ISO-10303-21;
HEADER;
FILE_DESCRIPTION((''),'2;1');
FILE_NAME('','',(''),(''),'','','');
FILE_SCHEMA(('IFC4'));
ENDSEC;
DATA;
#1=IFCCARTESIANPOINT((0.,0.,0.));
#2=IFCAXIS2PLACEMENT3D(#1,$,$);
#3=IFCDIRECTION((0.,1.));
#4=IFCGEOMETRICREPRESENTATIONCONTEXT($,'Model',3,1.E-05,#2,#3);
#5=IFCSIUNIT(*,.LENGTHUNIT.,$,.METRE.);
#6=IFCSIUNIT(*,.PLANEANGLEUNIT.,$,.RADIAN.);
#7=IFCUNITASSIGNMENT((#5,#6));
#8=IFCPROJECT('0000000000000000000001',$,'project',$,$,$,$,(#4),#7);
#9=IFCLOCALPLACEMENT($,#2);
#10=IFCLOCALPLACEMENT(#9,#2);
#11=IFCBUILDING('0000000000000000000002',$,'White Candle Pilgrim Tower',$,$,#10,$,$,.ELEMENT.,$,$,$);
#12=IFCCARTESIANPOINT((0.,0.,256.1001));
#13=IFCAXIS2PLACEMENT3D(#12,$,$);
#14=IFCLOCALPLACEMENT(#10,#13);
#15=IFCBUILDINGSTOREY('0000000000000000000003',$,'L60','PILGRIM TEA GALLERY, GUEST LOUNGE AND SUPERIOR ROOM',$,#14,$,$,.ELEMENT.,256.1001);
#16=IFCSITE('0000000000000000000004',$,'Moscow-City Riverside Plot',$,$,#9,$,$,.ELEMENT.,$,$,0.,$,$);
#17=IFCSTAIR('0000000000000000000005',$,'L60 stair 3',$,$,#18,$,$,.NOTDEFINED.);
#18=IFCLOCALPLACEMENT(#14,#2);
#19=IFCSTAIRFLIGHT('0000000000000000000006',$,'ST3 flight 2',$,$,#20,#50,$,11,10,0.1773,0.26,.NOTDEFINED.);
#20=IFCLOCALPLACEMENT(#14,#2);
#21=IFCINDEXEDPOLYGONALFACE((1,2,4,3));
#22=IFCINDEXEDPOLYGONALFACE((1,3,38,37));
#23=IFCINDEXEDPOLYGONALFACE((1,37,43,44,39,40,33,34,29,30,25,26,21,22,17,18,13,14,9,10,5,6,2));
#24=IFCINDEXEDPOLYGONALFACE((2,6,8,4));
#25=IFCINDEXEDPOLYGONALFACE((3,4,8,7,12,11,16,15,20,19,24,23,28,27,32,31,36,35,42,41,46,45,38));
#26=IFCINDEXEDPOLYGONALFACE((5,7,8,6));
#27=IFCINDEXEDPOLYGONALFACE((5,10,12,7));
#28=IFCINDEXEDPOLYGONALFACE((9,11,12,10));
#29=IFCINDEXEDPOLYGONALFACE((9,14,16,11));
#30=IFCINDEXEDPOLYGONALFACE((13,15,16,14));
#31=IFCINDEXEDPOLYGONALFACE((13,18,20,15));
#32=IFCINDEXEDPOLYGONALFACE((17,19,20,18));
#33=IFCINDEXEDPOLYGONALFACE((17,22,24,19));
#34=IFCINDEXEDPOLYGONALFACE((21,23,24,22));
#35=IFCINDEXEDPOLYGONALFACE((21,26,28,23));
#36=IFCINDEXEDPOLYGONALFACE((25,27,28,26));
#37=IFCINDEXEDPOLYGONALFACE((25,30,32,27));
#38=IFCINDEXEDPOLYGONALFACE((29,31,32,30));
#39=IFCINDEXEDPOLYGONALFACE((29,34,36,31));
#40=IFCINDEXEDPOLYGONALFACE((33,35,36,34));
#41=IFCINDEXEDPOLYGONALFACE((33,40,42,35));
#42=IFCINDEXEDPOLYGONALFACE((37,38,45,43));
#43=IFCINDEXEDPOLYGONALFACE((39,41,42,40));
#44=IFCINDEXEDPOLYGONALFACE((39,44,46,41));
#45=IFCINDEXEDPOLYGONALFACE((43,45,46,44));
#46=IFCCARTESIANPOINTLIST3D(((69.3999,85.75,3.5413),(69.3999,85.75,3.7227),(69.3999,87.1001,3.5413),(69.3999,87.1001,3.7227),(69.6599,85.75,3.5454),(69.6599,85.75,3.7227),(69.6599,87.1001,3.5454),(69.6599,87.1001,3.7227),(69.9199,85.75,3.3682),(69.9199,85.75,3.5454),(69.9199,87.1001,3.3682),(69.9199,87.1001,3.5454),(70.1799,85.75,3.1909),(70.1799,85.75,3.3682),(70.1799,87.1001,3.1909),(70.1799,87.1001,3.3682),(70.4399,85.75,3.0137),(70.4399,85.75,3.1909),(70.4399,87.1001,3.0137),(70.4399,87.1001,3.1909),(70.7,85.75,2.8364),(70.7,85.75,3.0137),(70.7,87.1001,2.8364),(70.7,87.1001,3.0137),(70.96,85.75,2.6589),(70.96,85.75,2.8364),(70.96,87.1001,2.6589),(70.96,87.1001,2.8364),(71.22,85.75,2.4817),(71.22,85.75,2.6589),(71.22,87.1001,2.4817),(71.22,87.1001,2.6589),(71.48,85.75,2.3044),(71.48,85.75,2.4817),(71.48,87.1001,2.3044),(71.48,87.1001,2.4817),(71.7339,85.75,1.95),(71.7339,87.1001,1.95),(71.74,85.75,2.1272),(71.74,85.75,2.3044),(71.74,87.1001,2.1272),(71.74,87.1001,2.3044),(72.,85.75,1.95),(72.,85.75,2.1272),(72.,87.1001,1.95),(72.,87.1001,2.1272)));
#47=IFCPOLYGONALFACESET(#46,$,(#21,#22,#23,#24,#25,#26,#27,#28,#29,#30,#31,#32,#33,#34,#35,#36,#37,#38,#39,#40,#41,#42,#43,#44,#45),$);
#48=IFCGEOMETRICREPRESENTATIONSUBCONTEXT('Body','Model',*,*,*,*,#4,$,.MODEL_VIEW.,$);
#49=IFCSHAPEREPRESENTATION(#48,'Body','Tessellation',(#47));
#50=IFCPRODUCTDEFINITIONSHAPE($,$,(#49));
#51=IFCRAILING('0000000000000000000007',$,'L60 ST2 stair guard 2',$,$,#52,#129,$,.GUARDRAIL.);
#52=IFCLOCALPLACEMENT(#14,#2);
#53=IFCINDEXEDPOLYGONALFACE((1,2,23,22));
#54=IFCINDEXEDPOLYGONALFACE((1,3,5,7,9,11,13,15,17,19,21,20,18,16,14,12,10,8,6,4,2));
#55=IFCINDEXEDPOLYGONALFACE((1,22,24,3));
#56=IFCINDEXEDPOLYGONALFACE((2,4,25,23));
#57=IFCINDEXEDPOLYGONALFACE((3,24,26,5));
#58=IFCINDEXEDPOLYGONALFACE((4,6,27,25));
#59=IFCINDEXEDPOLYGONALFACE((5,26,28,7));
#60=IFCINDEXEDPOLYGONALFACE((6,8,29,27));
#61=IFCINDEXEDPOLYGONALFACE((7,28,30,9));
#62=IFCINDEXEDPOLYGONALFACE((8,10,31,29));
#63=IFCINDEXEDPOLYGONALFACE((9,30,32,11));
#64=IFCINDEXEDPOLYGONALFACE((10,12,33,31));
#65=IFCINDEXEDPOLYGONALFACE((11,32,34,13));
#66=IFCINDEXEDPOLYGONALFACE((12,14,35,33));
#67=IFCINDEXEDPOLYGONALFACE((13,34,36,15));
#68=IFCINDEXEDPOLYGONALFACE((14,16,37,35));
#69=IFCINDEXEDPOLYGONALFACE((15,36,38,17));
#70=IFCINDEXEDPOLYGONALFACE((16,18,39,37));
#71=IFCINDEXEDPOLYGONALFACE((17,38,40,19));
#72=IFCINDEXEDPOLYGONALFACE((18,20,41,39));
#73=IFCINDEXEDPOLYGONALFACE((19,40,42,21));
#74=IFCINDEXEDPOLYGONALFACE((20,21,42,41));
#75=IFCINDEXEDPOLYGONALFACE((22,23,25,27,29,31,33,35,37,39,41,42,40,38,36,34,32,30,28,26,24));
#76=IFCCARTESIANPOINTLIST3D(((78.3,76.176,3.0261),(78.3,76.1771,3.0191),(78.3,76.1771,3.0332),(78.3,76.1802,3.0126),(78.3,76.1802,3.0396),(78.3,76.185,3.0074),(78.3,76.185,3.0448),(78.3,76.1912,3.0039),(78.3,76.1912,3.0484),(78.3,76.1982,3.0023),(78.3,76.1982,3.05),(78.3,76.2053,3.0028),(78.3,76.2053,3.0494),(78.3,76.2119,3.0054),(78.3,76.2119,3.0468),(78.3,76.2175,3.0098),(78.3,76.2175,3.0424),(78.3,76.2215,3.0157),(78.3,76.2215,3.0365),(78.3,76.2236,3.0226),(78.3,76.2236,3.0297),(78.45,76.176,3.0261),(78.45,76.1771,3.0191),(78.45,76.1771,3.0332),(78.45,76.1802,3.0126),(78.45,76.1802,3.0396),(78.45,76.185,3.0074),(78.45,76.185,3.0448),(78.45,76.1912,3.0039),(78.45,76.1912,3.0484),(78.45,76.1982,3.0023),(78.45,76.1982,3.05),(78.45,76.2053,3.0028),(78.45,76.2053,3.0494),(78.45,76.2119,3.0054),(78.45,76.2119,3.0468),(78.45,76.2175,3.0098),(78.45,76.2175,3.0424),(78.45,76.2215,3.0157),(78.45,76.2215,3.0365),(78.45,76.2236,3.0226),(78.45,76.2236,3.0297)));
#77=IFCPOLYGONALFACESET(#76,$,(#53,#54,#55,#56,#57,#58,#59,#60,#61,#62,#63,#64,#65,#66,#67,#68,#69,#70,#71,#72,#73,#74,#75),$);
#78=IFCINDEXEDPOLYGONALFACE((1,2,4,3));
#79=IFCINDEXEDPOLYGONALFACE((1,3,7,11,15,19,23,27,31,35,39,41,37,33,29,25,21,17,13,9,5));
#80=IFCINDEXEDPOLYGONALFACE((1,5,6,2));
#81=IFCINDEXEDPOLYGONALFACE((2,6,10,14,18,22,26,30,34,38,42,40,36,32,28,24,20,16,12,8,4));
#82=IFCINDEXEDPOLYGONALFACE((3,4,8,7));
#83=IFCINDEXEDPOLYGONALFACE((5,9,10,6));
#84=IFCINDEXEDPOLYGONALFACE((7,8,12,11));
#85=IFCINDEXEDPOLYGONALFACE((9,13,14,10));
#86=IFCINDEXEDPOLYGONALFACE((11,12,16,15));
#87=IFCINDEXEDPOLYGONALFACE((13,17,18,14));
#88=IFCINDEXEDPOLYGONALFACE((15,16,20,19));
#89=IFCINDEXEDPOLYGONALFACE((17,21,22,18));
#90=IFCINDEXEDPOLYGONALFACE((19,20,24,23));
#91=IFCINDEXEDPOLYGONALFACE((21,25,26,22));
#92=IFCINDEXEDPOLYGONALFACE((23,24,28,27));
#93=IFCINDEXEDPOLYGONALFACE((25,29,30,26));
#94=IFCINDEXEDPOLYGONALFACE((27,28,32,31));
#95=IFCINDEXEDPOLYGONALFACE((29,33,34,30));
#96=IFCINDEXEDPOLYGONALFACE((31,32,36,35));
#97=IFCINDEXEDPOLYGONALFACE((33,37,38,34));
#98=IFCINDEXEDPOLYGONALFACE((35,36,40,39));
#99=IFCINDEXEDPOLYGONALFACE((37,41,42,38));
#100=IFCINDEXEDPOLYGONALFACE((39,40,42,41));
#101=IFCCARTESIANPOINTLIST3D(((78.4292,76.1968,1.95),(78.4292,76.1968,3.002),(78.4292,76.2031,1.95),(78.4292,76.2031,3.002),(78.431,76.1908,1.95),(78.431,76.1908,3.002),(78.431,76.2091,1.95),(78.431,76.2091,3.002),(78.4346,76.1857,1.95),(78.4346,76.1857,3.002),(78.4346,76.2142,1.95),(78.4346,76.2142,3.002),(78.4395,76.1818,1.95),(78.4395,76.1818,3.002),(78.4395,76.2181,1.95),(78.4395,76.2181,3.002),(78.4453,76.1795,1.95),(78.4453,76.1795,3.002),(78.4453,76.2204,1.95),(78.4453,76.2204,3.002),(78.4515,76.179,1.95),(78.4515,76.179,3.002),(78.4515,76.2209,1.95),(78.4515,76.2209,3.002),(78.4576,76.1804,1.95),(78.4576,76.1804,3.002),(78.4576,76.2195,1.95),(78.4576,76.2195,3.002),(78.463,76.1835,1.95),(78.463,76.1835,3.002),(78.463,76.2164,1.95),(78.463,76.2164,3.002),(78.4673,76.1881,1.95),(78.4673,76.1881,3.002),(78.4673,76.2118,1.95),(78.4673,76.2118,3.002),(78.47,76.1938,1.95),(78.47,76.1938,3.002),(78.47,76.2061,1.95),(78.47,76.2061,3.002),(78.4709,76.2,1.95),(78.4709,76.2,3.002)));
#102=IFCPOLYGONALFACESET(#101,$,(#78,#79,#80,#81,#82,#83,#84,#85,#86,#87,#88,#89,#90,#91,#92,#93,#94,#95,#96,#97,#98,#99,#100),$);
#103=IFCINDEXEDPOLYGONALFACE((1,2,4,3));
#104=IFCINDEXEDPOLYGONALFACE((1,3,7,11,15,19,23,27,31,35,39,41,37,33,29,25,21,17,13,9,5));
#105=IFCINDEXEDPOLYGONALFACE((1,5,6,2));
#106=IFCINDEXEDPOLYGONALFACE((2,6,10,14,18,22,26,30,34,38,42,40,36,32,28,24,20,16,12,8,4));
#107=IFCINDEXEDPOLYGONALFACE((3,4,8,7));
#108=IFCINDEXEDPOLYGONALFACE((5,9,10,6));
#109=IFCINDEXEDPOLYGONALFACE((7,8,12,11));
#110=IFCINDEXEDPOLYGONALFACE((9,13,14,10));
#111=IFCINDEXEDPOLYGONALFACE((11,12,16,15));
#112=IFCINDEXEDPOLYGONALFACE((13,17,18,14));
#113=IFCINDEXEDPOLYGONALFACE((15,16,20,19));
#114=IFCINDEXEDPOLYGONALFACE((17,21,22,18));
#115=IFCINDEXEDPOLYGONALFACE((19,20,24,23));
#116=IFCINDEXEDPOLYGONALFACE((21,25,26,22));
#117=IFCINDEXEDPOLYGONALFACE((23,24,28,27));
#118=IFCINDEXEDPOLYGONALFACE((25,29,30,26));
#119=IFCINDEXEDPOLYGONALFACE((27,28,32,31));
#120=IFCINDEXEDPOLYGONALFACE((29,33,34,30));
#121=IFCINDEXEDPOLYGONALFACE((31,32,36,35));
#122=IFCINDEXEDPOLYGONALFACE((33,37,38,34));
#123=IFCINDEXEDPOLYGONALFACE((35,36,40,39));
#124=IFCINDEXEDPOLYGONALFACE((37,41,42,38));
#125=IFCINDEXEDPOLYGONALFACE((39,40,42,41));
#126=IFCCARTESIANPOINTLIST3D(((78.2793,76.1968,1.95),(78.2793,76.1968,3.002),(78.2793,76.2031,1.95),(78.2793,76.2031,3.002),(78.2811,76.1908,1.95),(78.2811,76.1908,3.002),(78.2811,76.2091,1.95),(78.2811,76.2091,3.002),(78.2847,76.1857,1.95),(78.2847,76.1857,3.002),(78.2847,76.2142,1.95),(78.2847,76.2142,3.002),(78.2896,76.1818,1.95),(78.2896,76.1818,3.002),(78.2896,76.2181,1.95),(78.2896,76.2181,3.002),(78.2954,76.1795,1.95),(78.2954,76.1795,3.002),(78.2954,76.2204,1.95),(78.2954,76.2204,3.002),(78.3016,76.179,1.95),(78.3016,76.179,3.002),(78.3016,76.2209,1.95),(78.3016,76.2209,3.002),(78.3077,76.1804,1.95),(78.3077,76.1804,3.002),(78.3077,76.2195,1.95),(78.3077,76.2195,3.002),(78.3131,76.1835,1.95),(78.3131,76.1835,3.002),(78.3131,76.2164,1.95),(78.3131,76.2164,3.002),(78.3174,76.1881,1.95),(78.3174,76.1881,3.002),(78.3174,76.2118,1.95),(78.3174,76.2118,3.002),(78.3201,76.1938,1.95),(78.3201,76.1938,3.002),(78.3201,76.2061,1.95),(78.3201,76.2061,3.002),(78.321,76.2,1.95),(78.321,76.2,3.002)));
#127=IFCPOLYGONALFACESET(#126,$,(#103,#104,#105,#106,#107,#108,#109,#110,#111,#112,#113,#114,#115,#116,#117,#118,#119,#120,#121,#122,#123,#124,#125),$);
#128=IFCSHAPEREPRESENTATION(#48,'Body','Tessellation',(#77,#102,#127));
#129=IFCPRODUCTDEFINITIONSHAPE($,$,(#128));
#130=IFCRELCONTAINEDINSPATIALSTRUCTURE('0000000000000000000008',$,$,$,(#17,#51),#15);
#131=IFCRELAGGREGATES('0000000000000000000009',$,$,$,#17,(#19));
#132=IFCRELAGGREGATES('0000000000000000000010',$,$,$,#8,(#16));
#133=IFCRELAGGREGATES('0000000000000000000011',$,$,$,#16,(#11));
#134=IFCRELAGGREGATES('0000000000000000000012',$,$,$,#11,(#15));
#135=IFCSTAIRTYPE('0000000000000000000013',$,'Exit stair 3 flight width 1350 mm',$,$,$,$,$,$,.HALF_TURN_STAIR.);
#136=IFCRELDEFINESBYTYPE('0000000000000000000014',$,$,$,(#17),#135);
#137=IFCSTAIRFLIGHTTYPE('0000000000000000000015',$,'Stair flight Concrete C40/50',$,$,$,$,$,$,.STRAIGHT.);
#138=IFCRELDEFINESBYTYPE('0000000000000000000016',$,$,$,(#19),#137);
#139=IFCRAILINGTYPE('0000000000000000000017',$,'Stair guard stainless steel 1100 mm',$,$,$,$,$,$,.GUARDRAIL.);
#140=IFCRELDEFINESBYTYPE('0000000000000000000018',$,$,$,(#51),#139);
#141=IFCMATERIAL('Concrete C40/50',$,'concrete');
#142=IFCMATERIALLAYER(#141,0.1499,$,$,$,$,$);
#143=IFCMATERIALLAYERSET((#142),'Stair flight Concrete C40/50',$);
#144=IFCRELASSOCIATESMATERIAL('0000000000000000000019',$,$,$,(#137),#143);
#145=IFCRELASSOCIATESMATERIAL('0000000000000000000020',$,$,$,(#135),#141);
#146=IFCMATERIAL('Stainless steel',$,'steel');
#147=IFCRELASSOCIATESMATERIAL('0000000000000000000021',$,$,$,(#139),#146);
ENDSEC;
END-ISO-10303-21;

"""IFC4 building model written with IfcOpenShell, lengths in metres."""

from ifc_helpers import new_model, si_unit, direction, frame, origin, origin_2d, place, context, subcontext, project, spatial, polyline, circle, outline, extrude, material, layer, layer_set, type_object, element, aggregate, save


model = new_model("IFC4")

# Units and contexts
model_context = context("Model", 3, precision=1e-05, world=origin(), true_north=direction((0.0, 1.0)))
body_context = subcontext(model_context, "Body", "Model", "MODEL_VIEW")
ifc_project = project(units=[si_unit("LENGTHUNIT", "METRE"), si_unit("PLANEANGLEUNIT", "RADIAN")], contexts=[model_context])

# Site, building, storey
site_placement = place(None, origin())
site = spatial("IfcSite", under=ifc_project, at=site_placement, Name="Moscow-City Riverside Plot", CompositionType="ELEMENT", RefElevation=0.0)
building_placement = place(site_placement, origin())
building = spatial("IfcBuilding", under=site, at=building_placement, Name="White Candle Pilgrim Tower", CompositionType="ELEMENT")
storey_placement = place(building_placement, frame((0.0, 0.0, 256.1001)))
storey = spatial("IfcBuildingStorey", under=building, at=storey_placement, Name="L60", Description="PILGRIM TEA GALLERY, GUEST LOUNGE AND SUPERIOR ROOM", CompositionType="ELEMENT", Elevation=256.1001)

# Shared definitions
ifc_material_1 = material(Name="Concrete C40/50", Category="concrete")
ifc_layer_1 = layer(ifc_material_1, 0.1499)
ifc_layer_set_1 = layer_set([ifc_layer_1], Name="Stair flight Concrete C40/50")
stair_flight_type = type_object("IfcStairFlightType", Name="Stair flight Concrete C40/50", PredefinedType="STRAIGHT", material=ifc_layer_set_1)

# Stair, stair flight
stair_type_1 = type_object("IfcStairType", Name="Exit stair 3 flight width 1350 mm", PredefinedType="HALF_TURN_STAIR", material=ifc_material_1)
stair_1_placement = place(storey_placement, origin())
stair_1 = element("IfcStair", 1, at=stair_1_placement, inside=storey, type_object=stair_type_1, Name="L60 stair 3", PredefinedType="NOTDEFINED")
stair_flight_1_placement = place(storey_placement, frame((72.0, 86.425, 1.95), z_axis=(0.0, 0.0, 1.0), x_axis=(-1.0, 0.0, 0.0)))
stair_flight_1 = element("IfcStairFlight", 2, at=stair_flight_1_placement, type_object=stair_flight_type, Name="ST3 flight 2", NumberOfRisers=11, NumberOfTreads=10, PredefinedType="NOTDEFINED", RiserHeight=0.1773, TreadLength=0.26, context=body_context, shape_type="SweptSolid", body=[
    extrude(outline(polyline([(0.0, 0.0), (0.0, 0.1772), (0.26, 0.1772), (0.26, 0.3545), (0.52, 0.3545), (0.52, 0.5317), (0.78, 0.5317), (0.78, 0.709), (1.04, 0.709), (1.04, 0.8865), (1.3, 0.8865), (1.3, 1.0637), (1.5601, 1.0637), (1.5601, 1.241), (1.8201, 1.241), (1.8201, 1.4182), (2.0801, 1.4182), (2.0801, 1.5955), (2.3401, 1.5955), (2.3401, 1.7727), (2.6001, 1.7727), (2.6001, 1.95), (2.6001, 1.5913), (0.2661, 0.0), (0.0, 0.0)])), frame((0.0, 0.675, 0.0), z_axis=(0.0, -1.0, 0.0), x_axis=(1.0, 0.0, 0.0)), (0.0, 0.0, 1.0), 1.3501),
])
aggregate(stair_1, [stair_flight_1])

# Railing
ifc_material_2 = material(Name="Stainless steel", Category="steel")
railing_type_1 = type_object("IfcRailingType", Name="Stair guard stainless steel 1100 mm", PredefinedType="GUARDRAIL", material=ifc_material_2)
railing_1_placement = place(storey_placement, frame((78.45, 76.2, 1.95)))
element("IfcRailing", 3, at=railing_1_placement, inside=storey, type_object=railing_type_1, Name="L60 ST2 stair guard 2", PredefinedType="GUARDRAIL", context=body_context, shape_type="SweptSolid", body=[
    extrude(circle(Radius=0.0239, at=origin_2d()), frame((0.0, 0.0, 1.0762), z_axis=(-1.0, 0.0, 0.0), x_axis=(0.0, -1.0, 0.0)), (0.0, 0.0, 1.0), 0.1499),
    extrude(circle(Radius=0.021, at=origin_2d()), origin(), (0.0, 0.0, 1.0), 1.052),
    extrude(circle(Radius=0.021, at=origin_2d()), frame((-0.1499, 0.0, 0.0)), (0.0, 0.0, 1.0), 1.052),
])

save(model, "model.ifc")
